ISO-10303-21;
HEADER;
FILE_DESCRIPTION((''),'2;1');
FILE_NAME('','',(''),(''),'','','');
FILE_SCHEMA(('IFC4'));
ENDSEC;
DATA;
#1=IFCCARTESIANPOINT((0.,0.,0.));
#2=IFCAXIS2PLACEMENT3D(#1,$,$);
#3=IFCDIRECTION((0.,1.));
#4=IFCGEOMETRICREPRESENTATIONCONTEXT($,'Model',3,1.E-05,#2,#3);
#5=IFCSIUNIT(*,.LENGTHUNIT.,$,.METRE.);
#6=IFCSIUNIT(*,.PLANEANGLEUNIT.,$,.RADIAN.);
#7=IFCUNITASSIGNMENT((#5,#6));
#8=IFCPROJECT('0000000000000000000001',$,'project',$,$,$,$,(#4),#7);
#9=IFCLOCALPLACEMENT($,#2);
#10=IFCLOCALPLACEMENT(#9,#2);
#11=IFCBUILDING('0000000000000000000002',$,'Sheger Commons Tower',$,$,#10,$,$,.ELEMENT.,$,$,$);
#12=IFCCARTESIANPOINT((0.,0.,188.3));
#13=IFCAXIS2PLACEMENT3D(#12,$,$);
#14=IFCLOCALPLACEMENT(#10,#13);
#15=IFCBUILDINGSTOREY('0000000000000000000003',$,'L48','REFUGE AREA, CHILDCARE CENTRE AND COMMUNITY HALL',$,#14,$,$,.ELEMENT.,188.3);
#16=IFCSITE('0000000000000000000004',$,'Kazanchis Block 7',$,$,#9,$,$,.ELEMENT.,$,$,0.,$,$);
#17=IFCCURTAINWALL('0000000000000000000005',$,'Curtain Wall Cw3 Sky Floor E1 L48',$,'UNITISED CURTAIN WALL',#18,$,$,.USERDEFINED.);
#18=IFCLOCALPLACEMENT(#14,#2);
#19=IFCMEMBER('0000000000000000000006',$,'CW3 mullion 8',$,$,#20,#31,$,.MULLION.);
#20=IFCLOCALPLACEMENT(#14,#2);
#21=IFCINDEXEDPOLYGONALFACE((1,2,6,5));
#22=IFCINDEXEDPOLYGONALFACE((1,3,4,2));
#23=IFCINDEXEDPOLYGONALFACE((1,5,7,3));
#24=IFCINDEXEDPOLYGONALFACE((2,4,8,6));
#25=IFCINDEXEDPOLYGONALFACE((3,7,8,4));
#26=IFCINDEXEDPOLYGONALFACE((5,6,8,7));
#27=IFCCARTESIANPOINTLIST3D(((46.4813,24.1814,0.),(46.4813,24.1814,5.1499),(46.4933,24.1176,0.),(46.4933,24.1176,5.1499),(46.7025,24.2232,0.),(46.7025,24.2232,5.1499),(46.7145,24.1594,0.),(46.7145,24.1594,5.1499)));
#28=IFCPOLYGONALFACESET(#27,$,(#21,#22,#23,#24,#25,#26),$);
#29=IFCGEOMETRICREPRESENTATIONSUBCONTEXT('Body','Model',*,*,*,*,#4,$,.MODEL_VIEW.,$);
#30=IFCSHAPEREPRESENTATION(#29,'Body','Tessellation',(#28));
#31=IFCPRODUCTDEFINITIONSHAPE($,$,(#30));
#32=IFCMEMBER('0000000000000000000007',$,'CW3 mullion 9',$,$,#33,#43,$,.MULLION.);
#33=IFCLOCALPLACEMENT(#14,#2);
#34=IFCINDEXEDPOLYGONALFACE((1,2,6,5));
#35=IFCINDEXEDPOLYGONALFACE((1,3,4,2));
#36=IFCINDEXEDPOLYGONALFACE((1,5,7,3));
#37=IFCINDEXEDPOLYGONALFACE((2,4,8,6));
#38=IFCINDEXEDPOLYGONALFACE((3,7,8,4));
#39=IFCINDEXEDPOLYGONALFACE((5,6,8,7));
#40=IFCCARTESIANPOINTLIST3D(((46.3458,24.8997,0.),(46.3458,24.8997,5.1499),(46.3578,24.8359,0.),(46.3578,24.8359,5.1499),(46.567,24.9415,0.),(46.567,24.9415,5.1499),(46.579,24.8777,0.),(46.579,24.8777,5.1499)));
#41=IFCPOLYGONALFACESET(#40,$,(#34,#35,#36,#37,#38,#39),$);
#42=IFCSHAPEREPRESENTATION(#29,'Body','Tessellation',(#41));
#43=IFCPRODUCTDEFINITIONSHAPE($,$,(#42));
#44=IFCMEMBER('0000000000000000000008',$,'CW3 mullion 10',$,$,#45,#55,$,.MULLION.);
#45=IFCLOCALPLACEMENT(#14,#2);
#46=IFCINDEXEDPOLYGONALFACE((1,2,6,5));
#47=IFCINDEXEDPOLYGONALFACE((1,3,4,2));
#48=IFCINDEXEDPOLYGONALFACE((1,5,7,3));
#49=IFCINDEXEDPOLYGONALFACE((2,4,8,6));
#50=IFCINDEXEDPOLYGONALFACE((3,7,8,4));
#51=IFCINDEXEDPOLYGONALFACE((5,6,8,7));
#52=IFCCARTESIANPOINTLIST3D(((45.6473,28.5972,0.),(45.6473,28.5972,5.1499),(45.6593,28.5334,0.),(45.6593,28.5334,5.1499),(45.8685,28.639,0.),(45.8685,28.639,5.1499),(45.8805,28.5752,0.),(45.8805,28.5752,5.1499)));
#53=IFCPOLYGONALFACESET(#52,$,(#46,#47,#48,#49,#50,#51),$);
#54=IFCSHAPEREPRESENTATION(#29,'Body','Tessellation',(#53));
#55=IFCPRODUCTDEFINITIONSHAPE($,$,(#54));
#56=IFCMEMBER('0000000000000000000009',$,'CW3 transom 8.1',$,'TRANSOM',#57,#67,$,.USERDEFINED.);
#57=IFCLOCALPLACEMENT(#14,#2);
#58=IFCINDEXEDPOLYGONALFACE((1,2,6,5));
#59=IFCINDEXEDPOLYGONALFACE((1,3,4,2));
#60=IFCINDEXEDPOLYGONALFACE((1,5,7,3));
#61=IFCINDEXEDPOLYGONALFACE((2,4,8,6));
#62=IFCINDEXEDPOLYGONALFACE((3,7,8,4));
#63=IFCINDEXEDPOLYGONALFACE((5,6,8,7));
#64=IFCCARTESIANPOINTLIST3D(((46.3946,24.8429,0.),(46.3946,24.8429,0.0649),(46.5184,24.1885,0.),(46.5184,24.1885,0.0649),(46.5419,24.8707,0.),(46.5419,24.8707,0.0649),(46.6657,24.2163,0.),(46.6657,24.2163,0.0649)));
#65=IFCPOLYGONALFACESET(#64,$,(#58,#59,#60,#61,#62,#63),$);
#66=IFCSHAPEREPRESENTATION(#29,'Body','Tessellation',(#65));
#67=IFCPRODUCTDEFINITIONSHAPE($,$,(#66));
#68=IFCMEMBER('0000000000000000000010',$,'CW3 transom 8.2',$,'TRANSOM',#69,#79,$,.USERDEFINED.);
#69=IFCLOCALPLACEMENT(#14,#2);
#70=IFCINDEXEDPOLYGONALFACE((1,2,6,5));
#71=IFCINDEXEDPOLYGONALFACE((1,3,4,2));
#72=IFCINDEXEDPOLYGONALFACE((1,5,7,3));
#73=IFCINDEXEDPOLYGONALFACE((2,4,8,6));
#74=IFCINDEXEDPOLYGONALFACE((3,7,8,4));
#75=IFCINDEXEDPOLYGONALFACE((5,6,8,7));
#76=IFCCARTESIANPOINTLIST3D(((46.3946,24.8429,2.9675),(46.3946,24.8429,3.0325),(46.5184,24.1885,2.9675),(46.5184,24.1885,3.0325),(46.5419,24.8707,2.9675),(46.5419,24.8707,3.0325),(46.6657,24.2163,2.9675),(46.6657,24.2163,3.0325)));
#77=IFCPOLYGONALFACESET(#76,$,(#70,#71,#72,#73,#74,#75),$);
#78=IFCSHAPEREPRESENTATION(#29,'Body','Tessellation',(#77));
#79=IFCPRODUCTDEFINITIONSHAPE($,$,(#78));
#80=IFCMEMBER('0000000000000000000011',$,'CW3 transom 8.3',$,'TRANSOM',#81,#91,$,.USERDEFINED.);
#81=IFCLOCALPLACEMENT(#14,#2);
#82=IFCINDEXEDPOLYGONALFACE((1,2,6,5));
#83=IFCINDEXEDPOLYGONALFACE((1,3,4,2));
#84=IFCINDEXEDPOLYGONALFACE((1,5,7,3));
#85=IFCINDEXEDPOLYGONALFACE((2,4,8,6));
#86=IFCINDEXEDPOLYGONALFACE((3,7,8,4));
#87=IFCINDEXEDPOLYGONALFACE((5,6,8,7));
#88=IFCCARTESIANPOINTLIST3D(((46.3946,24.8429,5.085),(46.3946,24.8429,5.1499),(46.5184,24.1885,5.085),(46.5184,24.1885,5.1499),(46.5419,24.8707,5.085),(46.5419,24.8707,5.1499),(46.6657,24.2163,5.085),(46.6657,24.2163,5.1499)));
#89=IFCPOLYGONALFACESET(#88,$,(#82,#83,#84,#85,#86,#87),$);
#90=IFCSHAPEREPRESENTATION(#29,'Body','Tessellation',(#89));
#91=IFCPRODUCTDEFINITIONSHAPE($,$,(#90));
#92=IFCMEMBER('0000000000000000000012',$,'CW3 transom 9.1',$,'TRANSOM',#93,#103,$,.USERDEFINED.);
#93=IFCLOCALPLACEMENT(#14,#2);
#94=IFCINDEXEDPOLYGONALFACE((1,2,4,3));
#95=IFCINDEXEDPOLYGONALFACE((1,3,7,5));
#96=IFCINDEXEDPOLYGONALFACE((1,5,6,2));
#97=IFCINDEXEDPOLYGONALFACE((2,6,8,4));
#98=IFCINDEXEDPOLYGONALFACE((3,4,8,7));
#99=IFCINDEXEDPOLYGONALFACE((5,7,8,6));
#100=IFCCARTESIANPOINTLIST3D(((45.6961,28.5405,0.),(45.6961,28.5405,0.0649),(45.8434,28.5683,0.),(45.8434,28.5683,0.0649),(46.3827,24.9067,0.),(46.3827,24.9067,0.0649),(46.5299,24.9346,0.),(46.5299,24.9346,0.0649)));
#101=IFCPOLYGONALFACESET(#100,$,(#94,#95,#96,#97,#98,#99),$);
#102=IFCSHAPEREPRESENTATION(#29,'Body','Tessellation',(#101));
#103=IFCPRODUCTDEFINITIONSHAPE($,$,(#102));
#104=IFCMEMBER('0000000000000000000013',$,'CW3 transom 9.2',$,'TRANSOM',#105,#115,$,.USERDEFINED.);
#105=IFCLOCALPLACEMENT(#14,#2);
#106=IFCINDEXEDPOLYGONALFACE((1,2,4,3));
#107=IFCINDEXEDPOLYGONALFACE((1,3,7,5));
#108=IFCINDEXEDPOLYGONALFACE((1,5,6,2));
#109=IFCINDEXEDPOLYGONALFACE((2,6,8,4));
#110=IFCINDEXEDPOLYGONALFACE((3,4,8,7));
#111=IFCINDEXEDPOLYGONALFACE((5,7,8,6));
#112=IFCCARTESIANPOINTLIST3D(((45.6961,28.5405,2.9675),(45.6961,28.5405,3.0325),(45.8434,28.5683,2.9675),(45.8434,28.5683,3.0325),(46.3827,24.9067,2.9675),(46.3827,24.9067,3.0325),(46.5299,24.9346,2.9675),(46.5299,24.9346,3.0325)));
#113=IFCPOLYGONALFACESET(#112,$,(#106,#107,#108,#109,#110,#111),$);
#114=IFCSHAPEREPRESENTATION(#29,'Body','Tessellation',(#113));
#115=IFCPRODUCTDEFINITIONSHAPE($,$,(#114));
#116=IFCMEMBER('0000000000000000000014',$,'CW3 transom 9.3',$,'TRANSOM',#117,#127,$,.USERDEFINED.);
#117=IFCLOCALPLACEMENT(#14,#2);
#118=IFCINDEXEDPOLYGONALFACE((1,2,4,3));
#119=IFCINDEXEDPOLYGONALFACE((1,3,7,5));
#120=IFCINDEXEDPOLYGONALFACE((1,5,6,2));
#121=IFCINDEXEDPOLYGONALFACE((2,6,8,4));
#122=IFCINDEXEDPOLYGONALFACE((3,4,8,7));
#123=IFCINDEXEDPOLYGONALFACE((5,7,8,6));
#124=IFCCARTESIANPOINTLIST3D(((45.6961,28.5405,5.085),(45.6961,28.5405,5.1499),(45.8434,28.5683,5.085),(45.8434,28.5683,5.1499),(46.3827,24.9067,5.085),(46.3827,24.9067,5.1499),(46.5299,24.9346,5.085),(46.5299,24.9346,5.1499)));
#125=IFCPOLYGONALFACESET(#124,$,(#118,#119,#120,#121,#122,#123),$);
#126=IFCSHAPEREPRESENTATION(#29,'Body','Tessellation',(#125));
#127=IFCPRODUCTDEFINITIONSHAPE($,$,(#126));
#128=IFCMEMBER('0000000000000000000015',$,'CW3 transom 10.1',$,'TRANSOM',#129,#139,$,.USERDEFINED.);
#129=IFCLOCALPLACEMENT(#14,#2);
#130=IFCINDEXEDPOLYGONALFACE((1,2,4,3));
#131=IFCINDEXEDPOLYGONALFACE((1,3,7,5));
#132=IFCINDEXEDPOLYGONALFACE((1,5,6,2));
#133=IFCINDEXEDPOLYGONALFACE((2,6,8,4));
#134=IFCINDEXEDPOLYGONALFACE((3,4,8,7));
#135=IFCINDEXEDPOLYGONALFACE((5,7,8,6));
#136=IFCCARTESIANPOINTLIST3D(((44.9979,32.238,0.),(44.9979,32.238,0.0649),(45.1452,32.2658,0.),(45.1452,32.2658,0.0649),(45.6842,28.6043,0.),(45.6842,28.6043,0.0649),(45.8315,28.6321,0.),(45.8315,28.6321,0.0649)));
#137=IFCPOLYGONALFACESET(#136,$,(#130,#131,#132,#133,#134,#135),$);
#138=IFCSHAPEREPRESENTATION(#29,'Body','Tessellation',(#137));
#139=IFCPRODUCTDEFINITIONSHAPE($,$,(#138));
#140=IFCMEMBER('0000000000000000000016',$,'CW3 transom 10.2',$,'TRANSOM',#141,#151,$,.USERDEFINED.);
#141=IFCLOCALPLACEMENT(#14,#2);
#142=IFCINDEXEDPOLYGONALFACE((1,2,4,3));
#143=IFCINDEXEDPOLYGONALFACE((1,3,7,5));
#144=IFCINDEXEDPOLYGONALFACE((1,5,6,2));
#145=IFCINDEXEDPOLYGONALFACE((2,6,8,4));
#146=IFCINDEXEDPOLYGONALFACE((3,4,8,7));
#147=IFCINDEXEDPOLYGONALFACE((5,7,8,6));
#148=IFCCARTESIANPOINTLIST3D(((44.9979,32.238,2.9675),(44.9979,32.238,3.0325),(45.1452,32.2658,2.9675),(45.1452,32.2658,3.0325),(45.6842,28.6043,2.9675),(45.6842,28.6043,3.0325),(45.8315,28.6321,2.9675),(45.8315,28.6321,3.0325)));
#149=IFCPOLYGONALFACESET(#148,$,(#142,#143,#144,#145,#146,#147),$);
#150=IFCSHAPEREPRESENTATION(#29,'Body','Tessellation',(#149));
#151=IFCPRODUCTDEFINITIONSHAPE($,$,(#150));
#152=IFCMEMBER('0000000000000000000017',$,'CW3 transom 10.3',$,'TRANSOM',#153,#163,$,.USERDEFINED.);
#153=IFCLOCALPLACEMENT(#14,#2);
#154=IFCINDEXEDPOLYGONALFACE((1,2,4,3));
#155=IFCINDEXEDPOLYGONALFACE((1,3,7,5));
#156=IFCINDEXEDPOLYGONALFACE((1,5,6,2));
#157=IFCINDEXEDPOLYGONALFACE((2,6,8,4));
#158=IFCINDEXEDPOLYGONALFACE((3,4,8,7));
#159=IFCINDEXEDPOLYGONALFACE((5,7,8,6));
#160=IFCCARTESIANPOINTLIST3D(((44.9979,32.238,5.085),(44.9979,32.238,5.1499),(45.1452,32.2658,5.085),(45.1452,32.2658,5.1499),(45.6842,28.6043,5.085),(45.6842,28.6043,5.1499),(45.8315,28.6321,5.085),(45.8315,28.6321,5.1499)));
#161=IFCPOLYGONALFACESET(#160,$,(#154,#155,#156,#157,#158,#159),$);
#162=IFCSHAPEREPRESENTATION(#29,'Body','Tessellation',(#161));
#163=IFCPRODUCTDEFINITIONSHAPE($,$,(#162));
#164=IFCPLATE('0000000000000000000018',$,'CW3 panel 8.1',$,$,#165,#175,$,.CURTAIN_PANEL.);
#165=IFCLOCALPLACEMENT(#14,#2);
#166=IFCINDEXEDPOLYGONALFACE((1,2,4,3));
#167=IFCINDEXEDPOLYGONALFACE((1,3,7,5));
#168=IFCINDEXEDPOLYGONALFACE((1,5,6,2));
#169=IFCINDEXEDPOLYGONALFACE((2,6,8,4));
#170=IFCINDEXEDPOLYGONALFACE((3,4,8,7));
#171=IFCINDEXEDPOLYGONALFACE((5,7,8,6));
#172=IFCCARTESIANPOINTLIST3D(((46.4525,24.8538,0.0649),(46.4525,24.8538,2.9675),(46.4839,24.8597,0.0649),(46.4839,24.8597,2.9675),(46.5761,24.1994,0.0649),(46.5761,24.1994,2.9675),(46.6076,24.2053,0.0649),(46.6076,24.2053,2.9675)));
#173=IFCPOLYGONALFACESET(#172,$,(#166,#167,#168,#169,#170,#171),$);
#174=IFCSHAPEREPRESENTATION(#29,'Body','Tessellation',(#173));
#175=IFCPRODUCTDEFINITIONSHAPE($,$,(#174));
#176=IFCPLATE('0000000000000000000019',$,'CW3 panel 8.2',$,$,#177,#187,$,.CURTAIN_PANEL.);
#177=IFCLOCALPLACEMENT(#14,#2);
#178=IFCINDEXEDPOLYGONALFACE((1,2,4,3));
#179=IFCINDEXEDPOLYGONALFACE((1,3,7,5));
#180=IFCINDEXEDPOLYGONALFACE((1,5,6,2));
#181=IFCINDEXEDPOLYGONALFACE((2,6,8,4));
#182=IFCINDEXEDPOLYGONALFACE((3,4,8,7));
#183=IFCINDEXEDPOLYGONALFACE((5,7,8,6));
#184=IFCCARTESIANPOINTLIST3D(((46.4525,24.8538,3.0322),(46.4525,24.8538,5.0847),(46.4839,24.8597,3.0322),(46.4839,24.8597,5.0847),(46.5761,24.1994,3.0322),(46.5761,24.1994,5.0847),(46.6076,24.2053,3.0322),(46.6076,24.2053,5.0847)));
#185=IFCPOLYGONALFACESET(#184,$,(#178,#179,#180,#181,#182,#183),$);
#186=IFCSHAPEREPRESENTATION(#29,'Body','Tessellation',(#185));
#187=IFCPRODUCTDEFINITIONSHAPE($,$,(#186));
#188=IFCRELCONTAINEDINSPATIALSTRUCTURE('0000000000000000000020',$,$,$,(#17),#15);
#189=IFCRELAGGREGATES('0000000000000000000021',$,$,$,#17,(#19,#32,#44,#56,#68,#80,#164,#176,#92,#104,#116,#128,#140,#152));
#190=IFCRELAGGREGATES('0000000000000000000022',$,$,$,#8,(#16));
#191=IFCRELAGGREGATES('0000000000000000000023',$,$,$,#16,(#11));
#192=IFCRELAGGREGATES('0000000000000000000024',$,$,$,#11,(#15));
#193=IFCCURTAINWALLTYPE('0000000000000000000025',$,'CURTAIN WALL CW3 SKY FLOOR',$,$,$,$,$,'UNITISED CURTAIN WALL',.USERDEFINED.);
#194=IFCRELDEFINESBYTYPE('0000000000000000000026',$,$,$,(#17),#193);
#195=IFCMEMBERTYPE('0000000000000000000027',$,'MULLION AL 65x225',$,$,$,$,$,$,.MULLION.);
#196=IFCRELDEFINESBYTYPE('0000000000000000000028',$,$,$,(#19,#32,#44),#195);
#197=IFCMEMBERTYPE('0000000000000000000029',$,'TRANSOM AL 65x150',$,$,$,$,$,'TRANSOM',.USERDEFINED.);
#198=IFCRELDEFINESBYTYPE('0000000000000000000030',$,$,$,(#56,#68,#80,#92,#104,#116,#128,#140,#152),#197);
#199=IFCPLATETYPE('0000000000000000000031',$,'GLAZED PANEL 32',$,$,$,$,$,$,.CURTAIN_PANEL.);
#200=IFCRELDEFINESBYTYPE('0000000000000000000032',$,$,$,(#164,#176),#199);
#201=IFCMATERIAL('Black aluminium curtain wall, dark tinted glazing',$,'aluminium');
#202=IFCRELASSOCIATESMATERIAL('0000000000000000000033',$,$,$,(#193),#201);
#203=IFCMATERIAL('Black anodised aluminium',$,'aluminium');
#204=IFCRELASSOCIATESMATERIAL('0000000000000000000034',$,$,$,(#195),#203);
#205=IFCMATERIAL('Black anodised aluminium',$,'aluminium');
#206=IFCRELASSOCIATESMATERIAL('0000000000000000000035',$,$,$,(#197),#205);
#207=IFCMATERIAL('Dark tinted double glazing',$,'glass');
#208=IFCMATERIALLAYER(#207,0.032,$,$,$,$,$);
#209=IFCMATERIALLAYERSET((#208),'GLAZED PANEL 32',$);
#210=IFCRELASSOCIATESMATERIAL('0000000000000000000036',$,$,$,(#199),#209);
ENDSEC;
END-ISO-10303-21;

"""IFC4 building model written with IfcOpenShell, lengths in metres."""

from ifc_helpers import new_model, si_unit, direction, frame, origin, origin_2d, place, context, subcontext, project, spatial, rectangle, extrude, material, layer, layer_set, material_profile, profile_set, type_object, element, aggregate, save


model = new_model("IFC4")

# Units and contexts
model_context = context("Model", 3, precision=1e-05, world=origin(), true_north=direction((0.0, 1.0)))
body_context = subcontext(model_context, "Body", "Model", "MODEL_VIEW")
ifc_project = project(units=[si_unit("LENGTHUNIT", "METRE"), si_unit("PLANEANGLEUNIT", "RADIAN")], contexts=[model_context])

# Site, building, storey
site_placement = place(None, origin())
site = spatial("IfcSite", under=ifc_project, at=site_placement, Name="Kazanchis Block 7", CompositionType="ELEMENT", RefElevation=0.0)
building_placement = place(site_placement, origin())
building = spatial("IfcBuilding", under=site, at=building_placement, Name="Sheger Commons Tower", CompositionType="ELEMENT")
storey_placement = place(building_placement, frame((0.0, 0.0, 188.3)))
storey = spatial("IfcBuildingStorey", under=building, at=storey_placement, Name="L48", Description="REFUGE AREA, CHILDCARE CENTRE AND COMMUNITY HALL", CompositionType="ELEMENT", Elevation=188.3)

# Curtain wall, members, plates
ifc_material_1 = material(Name="Black aluminium curtain wall, dark tinted glazing", Category="aluminium")
curtain_wall_type = type_object("IfcCurtainWallType", Name="CURTAIN WALL CW3 SKY FLOOR", ElementType="UNITISED CURTAIN WALL", PredefinedType="USERDEFINED", material=ifc_material_1)
curtain_wall_placement = place(storey_placement, origin())
curtain_wall = element("IfcCurtainWall", 1, at=curtain_wall_placement, inside=storey, type_object=curtain_wall_type, Name="Curtain Wall Cw3 Sky Floor E1 L48", ObjectType="UNITISED CURTAIN WALL", PredefinedType="USERDEFINED")
ifc_material_2 = material(Name="Black anodised aluminium", Category="aluminium")
ifc_material_profile_1 = material_profile(ifc_material_2, rectangle(XDim=0.2251, YDim=0.0649, at=origin_2d()), Name="AL 65x225")
ifc_profile_set_1 = profile_set([ifc_material_profile_1], Name="Black anodised aluminium")
member_type_1 = type_object("IfcMemberType", Name="MULLION AL 65x225", PredefinedType="MULLION", material=ifc_profile_set_1)
member_1_placement = place(storey_placement, frame((46.5979, 24.1704, 0.0), z_axis=(0.0, 0.0, 1.0), x_axis=(-0.982624, -0.18561, 0.0)))
member_1 = element("IfcMember", 2, at=member_1_placement, type_object=member_type_1, Name="CW3 mullion 8", PredefinedType="MULLION", context=body_context, shape_type="SweptSolid", body=[
    extrude(rectangle(XDim=0.2251, YDim=0.0649, at=origin_2d()), origin(), (0.0, 0.0, 1.0), 5.1499),
])
member_2_placement = place(storey_placement, frame((46.4624, 24.8887, 0.0), z_axis=(0.0, 0.0, 1.0), x_axis=(-0.982624, -0.18561, 0.0)))
member_2 = element("IfcMember", 3, at=member_2_placement, type_object=member_type_1, Name="CW3 mullion 9", PredefinedType="MULLION", context=body_context, shape_type="SweptSolid", body=[
    extrude(rectangle(XDim=0.2251, YDim=0.0649, at=origin_2d()), origin(), (0.0, 0.0, 1.0), 5.1499),
])
member_3_placement = place(storey_placement, frame((45.7639, 28.5862, 0.0), z_axis=(0.0, 0.0, 1.0), x_axis=(-0.982624, -0.18561, 0.0)))
member_3 = element("IfcMember", 4, at=member_3_placement, type_object=member_type_1, Name="CW3 mullion 10", PredefinedType="MULLION", context=body_context, shape_type="SweptSolid", body=[
    extrude(rectangle(XDim=0.2251, YDim=0.0649, at=origin_2d()), origin(), (0.0, 0.0, 1.0), 5.1499),
])
ifc_material_3 = material(Name="Black anodised aluminium", Category="aluminium")
ifc_material_profile_2 = material_profile(ifc_material_3, rectangle(XDim=0.1499, YDim=0.0649, at=origin_2d()), Name="AL 65x150")
ifc_profile_set_2 = profile_set([ifc_material_profile_2], Name="Black anodised aluminium")
member_type_2 = type_object("IfcMemberType", Name="TRANSOM AL 65x150", ElementType="TRANSOM", PredefinedType="USERDEFINED", material=ifc_profile_set_2)
member_4_placement = place(storey_placement, frame((46.592, 24.2024, 0.0325), z_axis=(-0.185882, 0.982572, 0.0), x_axis=(-0.982572, -0.185882, 0.0)))
member_4 = element("IfcMember", 5, at=member_4_placement, type_object=member_type_2, Name="CW3 transom 8.1", ObjectType="TRANSOM", PredefinedType="USERDEFINED", context=body_context, shape_type="SweptSolid", body=[
    extrude(rectangle(XDim=0.1499, YDim=0.0649, at=origin_2d()), origin(), (0.0, 0.0, 1.0), 0.666),
])
member_5_placement = place(storey_placement, frame((46.592, 24.2024, 3.0), z_axis=(-0.185882, 0.982572, 0.0), x_axis=(-0.982572, -0.185882, 0.0)))
member_5 = element("IfcMember", 6, at=member_5_placement, type_object=member_type_2, Name="CW3 transom 8.2", ObjectType="TRANSOM", PredefinedType="USERDEFINED", context=body_context, shape_type="SweptSolid", body=[
    extrude(rectangle(XDim=0.1499, YDim=0.0649, at=origin_2d()), origin(), (0.0, 0.0, 1.0), 0.666),
])
member_6_placement = place(storey_placement, frame((46.592, 24.2024, 5.1174), z_axis=(-0.185882, 0.982572, 0.0), x_axis=(-0.982572, -0.185882, 0.0)))
member_6 = element("IfcMember", 7, at=member_6_placement, type_object=member_type_2, Name="CW3 transom 8.3", ObjectType="TRANSOM", PredefinedType="USERDEFINED", context=body_context, shape_type="SweptSolid", body=[
    extrude(rectangle(XDim=0.1499, YDim=0.0649, at=origin_2d()), origin(), (0.0, 0.0, 1.0), 0.666),
])
member_7_placement = place(storey_placement, frame((46.4563, 24.9207, 0.0325), z_axis=(-0.185644, 0.982617, 0.0), x_axis=(-0.982617, -0.185644, 0.0)))
member_7 = element("IfcMember", 8, at=member_7_placement, type_object=member_type_2, Name="CW3 transom 9.1", ObjectType="TRANSOM", PredefinedType="USERDEFINED", context=body_context, shape_type="SweptSolid", body=[
    extrude(rectangle(XDim=0.1499, YDim=0.0649, at=origin_2d()), origin(), (0.0, 0.0, 1.0), 3.698),
])
member_8_placement = place(storey_placement, frame((46.4563, 24.9207, 3.0), z_axis=(-0.185644, 0.982617, 0.0), x_axis=(-0.982617, -0.185644, 0.0)))
member_8 = element("IfcMember", 9, at=member_8_placement, type_object=member_type_2, Name="CW3 transom 9.2", ObjectType="TRANSOM", PredefinedType="USERDEFINED", context=body_context, shape_type="SweptSolid", body=[
    extrude(rectangle(XDim=0.1499, YDim=0.0649, at=origin_2d()), origin(), (0.0, 0.0, 1.0), 3.698),
])
member_9_placement = place(storey_placement, frame((46.4563, 24.9207, 5.1174), z_axis=(-0.185644, 0.982617, 0.0), x_axis=(-0.982617, -0.185644, 0.0)))
member_9 = element("IfcMember", 10, at=member_9_placement, type_object=member_type_2, Name="CW3 transom 9.3", ObjectType="TRANSOM", PredefinedType="USERDEFINED", context=body_context, shape_type="SweptSolid", body=[
    extrude(rectangle(XDim=0.1499, YDim=0.0649, at=origin_2d()), origin(), (0.0, 0.0, 1.0), 3.698),
])
member_10_placement = place(storey_placement, frame((45.7578, 28.6182, 0.0325), z_axis=(-0.18558, 0.982629, 0.0), x_axis=(-0.982629, -0.18558, 0.0)))
member_10 = element("IfcMember", 11, at=member_10_placement, type_object=member_type_2, Name="CW3 transom 10.1", ObjectType="TRANSOM", PredefinedType="USERDEFINED", context=body_context, shape_type="SweptSolid", body=[
    extrude(rectangle(XDim=0.1499, YDim=0.0649, at=origin_2d()), origin(), (0.0, 0.0, 1.0), 3.698),
])
member_11_placement = place(storey_placement, frame((45.7578, 28.6182, 3.0), z_axis=(-0.18558, 0.982629, 0.0), x_axis=(-0.982629, -0.18558, 0.0)))
member_11 = element("IfcMember", 12, at=member_11_placement, type_object=member_type_2, Name="CW3 transom 10.2", ObjectType="TRANSOM", PredefinedType="USERDEFINED", context=body_context, shape_type="SweptSolid", body=[
    extrude(rectangle(XDim=0.1499, YDim=0.0649, at=origin_2d()), origin(), (0.0, 0.0, 1.0), 3.698),
])
member_12_placement = place(storey_placement, frame((45.7578, 28.6182, 5.1174), z_axis=(-0.18558, 0.982629, 0.0), x_axis=(-0.982629, -0.18558, 0.0)))
member_12 = element("IfcMember", 13, at=member_12_placement, type_object=member_type_2, Name="CW3 transom 10.3", ObjectType="TRANSOM", PredefinedType="USERDEFINED", context=body_context, shape_type="SweptSolid", body=[
    extrude(rectangle(XDim=0.1499, YDim=0.0649, at=origin_2d()), origin(), (0.0, 0.0, 1.0), 3.698),
])
ifc_material_4 = material(Name="Dark tinted double glazing", Category="glass")
ifc_layer_1 = layer(ifc_material_4, 0.032)
ifc_layer_set_1 = layer_set([ifc_layer_1], Name="GLAZED PANEL 32")
plate_type_1 = type_object("IfcPlateType", Name="GLAZED PANEL 32", PredefinedType="CURTAIN_PANEL", material=ifc_layer_set_1)
plate_1_placement = place(storey_placement, frame((46.53, 24.5295, 0.0649), z_axis=(0.0, 0.0, 1.0), x_axis=(-0.18561, 0.982624, 0.0)))
plate_1 = element("IfcPlate", 14, at=plate_1_placement, type_object=plate_type_1, Name="CW3 panel 8.1", PredefinedType="CURTAIN_PANEL", context=body_context, shape_type="SweptSolid", body=[
    extrude(rectangle(XDim=0.666, YDim=0.032, at=origin_2d()), origin(), (0.0, 0.0, 1.0), 2.9026),
])
plate_2_placement = place(storey_placement, frame((46.53, 24.5295, 3.0322), z_axis=(0.0, 0.0, 1.0), x_axis=(-0.18561, 0.982624, 0.0)))
plate_2 = element("IfcPlate", 15, at=plate_2_placement, type_object=plate_type_1, Name="CW3 panel 8.2", PredefinedType="CURTAIN_PANEL", context=body_context, shape_type="SweptSolid", body=[
    extrude(rectangle(XDim=0.666, YDim=0.032, at=origin_2d()), origin(), (0.0, 0.0, 1.0), 2.0525),
])
aggregate(curtain_wall, [member_1, member_2, member_3, member_4, member_5, member_6, plate_1, plate_2, member_7, member_8, member_9, member_10, member_11, member_12])

save(model, "model.ifc")
